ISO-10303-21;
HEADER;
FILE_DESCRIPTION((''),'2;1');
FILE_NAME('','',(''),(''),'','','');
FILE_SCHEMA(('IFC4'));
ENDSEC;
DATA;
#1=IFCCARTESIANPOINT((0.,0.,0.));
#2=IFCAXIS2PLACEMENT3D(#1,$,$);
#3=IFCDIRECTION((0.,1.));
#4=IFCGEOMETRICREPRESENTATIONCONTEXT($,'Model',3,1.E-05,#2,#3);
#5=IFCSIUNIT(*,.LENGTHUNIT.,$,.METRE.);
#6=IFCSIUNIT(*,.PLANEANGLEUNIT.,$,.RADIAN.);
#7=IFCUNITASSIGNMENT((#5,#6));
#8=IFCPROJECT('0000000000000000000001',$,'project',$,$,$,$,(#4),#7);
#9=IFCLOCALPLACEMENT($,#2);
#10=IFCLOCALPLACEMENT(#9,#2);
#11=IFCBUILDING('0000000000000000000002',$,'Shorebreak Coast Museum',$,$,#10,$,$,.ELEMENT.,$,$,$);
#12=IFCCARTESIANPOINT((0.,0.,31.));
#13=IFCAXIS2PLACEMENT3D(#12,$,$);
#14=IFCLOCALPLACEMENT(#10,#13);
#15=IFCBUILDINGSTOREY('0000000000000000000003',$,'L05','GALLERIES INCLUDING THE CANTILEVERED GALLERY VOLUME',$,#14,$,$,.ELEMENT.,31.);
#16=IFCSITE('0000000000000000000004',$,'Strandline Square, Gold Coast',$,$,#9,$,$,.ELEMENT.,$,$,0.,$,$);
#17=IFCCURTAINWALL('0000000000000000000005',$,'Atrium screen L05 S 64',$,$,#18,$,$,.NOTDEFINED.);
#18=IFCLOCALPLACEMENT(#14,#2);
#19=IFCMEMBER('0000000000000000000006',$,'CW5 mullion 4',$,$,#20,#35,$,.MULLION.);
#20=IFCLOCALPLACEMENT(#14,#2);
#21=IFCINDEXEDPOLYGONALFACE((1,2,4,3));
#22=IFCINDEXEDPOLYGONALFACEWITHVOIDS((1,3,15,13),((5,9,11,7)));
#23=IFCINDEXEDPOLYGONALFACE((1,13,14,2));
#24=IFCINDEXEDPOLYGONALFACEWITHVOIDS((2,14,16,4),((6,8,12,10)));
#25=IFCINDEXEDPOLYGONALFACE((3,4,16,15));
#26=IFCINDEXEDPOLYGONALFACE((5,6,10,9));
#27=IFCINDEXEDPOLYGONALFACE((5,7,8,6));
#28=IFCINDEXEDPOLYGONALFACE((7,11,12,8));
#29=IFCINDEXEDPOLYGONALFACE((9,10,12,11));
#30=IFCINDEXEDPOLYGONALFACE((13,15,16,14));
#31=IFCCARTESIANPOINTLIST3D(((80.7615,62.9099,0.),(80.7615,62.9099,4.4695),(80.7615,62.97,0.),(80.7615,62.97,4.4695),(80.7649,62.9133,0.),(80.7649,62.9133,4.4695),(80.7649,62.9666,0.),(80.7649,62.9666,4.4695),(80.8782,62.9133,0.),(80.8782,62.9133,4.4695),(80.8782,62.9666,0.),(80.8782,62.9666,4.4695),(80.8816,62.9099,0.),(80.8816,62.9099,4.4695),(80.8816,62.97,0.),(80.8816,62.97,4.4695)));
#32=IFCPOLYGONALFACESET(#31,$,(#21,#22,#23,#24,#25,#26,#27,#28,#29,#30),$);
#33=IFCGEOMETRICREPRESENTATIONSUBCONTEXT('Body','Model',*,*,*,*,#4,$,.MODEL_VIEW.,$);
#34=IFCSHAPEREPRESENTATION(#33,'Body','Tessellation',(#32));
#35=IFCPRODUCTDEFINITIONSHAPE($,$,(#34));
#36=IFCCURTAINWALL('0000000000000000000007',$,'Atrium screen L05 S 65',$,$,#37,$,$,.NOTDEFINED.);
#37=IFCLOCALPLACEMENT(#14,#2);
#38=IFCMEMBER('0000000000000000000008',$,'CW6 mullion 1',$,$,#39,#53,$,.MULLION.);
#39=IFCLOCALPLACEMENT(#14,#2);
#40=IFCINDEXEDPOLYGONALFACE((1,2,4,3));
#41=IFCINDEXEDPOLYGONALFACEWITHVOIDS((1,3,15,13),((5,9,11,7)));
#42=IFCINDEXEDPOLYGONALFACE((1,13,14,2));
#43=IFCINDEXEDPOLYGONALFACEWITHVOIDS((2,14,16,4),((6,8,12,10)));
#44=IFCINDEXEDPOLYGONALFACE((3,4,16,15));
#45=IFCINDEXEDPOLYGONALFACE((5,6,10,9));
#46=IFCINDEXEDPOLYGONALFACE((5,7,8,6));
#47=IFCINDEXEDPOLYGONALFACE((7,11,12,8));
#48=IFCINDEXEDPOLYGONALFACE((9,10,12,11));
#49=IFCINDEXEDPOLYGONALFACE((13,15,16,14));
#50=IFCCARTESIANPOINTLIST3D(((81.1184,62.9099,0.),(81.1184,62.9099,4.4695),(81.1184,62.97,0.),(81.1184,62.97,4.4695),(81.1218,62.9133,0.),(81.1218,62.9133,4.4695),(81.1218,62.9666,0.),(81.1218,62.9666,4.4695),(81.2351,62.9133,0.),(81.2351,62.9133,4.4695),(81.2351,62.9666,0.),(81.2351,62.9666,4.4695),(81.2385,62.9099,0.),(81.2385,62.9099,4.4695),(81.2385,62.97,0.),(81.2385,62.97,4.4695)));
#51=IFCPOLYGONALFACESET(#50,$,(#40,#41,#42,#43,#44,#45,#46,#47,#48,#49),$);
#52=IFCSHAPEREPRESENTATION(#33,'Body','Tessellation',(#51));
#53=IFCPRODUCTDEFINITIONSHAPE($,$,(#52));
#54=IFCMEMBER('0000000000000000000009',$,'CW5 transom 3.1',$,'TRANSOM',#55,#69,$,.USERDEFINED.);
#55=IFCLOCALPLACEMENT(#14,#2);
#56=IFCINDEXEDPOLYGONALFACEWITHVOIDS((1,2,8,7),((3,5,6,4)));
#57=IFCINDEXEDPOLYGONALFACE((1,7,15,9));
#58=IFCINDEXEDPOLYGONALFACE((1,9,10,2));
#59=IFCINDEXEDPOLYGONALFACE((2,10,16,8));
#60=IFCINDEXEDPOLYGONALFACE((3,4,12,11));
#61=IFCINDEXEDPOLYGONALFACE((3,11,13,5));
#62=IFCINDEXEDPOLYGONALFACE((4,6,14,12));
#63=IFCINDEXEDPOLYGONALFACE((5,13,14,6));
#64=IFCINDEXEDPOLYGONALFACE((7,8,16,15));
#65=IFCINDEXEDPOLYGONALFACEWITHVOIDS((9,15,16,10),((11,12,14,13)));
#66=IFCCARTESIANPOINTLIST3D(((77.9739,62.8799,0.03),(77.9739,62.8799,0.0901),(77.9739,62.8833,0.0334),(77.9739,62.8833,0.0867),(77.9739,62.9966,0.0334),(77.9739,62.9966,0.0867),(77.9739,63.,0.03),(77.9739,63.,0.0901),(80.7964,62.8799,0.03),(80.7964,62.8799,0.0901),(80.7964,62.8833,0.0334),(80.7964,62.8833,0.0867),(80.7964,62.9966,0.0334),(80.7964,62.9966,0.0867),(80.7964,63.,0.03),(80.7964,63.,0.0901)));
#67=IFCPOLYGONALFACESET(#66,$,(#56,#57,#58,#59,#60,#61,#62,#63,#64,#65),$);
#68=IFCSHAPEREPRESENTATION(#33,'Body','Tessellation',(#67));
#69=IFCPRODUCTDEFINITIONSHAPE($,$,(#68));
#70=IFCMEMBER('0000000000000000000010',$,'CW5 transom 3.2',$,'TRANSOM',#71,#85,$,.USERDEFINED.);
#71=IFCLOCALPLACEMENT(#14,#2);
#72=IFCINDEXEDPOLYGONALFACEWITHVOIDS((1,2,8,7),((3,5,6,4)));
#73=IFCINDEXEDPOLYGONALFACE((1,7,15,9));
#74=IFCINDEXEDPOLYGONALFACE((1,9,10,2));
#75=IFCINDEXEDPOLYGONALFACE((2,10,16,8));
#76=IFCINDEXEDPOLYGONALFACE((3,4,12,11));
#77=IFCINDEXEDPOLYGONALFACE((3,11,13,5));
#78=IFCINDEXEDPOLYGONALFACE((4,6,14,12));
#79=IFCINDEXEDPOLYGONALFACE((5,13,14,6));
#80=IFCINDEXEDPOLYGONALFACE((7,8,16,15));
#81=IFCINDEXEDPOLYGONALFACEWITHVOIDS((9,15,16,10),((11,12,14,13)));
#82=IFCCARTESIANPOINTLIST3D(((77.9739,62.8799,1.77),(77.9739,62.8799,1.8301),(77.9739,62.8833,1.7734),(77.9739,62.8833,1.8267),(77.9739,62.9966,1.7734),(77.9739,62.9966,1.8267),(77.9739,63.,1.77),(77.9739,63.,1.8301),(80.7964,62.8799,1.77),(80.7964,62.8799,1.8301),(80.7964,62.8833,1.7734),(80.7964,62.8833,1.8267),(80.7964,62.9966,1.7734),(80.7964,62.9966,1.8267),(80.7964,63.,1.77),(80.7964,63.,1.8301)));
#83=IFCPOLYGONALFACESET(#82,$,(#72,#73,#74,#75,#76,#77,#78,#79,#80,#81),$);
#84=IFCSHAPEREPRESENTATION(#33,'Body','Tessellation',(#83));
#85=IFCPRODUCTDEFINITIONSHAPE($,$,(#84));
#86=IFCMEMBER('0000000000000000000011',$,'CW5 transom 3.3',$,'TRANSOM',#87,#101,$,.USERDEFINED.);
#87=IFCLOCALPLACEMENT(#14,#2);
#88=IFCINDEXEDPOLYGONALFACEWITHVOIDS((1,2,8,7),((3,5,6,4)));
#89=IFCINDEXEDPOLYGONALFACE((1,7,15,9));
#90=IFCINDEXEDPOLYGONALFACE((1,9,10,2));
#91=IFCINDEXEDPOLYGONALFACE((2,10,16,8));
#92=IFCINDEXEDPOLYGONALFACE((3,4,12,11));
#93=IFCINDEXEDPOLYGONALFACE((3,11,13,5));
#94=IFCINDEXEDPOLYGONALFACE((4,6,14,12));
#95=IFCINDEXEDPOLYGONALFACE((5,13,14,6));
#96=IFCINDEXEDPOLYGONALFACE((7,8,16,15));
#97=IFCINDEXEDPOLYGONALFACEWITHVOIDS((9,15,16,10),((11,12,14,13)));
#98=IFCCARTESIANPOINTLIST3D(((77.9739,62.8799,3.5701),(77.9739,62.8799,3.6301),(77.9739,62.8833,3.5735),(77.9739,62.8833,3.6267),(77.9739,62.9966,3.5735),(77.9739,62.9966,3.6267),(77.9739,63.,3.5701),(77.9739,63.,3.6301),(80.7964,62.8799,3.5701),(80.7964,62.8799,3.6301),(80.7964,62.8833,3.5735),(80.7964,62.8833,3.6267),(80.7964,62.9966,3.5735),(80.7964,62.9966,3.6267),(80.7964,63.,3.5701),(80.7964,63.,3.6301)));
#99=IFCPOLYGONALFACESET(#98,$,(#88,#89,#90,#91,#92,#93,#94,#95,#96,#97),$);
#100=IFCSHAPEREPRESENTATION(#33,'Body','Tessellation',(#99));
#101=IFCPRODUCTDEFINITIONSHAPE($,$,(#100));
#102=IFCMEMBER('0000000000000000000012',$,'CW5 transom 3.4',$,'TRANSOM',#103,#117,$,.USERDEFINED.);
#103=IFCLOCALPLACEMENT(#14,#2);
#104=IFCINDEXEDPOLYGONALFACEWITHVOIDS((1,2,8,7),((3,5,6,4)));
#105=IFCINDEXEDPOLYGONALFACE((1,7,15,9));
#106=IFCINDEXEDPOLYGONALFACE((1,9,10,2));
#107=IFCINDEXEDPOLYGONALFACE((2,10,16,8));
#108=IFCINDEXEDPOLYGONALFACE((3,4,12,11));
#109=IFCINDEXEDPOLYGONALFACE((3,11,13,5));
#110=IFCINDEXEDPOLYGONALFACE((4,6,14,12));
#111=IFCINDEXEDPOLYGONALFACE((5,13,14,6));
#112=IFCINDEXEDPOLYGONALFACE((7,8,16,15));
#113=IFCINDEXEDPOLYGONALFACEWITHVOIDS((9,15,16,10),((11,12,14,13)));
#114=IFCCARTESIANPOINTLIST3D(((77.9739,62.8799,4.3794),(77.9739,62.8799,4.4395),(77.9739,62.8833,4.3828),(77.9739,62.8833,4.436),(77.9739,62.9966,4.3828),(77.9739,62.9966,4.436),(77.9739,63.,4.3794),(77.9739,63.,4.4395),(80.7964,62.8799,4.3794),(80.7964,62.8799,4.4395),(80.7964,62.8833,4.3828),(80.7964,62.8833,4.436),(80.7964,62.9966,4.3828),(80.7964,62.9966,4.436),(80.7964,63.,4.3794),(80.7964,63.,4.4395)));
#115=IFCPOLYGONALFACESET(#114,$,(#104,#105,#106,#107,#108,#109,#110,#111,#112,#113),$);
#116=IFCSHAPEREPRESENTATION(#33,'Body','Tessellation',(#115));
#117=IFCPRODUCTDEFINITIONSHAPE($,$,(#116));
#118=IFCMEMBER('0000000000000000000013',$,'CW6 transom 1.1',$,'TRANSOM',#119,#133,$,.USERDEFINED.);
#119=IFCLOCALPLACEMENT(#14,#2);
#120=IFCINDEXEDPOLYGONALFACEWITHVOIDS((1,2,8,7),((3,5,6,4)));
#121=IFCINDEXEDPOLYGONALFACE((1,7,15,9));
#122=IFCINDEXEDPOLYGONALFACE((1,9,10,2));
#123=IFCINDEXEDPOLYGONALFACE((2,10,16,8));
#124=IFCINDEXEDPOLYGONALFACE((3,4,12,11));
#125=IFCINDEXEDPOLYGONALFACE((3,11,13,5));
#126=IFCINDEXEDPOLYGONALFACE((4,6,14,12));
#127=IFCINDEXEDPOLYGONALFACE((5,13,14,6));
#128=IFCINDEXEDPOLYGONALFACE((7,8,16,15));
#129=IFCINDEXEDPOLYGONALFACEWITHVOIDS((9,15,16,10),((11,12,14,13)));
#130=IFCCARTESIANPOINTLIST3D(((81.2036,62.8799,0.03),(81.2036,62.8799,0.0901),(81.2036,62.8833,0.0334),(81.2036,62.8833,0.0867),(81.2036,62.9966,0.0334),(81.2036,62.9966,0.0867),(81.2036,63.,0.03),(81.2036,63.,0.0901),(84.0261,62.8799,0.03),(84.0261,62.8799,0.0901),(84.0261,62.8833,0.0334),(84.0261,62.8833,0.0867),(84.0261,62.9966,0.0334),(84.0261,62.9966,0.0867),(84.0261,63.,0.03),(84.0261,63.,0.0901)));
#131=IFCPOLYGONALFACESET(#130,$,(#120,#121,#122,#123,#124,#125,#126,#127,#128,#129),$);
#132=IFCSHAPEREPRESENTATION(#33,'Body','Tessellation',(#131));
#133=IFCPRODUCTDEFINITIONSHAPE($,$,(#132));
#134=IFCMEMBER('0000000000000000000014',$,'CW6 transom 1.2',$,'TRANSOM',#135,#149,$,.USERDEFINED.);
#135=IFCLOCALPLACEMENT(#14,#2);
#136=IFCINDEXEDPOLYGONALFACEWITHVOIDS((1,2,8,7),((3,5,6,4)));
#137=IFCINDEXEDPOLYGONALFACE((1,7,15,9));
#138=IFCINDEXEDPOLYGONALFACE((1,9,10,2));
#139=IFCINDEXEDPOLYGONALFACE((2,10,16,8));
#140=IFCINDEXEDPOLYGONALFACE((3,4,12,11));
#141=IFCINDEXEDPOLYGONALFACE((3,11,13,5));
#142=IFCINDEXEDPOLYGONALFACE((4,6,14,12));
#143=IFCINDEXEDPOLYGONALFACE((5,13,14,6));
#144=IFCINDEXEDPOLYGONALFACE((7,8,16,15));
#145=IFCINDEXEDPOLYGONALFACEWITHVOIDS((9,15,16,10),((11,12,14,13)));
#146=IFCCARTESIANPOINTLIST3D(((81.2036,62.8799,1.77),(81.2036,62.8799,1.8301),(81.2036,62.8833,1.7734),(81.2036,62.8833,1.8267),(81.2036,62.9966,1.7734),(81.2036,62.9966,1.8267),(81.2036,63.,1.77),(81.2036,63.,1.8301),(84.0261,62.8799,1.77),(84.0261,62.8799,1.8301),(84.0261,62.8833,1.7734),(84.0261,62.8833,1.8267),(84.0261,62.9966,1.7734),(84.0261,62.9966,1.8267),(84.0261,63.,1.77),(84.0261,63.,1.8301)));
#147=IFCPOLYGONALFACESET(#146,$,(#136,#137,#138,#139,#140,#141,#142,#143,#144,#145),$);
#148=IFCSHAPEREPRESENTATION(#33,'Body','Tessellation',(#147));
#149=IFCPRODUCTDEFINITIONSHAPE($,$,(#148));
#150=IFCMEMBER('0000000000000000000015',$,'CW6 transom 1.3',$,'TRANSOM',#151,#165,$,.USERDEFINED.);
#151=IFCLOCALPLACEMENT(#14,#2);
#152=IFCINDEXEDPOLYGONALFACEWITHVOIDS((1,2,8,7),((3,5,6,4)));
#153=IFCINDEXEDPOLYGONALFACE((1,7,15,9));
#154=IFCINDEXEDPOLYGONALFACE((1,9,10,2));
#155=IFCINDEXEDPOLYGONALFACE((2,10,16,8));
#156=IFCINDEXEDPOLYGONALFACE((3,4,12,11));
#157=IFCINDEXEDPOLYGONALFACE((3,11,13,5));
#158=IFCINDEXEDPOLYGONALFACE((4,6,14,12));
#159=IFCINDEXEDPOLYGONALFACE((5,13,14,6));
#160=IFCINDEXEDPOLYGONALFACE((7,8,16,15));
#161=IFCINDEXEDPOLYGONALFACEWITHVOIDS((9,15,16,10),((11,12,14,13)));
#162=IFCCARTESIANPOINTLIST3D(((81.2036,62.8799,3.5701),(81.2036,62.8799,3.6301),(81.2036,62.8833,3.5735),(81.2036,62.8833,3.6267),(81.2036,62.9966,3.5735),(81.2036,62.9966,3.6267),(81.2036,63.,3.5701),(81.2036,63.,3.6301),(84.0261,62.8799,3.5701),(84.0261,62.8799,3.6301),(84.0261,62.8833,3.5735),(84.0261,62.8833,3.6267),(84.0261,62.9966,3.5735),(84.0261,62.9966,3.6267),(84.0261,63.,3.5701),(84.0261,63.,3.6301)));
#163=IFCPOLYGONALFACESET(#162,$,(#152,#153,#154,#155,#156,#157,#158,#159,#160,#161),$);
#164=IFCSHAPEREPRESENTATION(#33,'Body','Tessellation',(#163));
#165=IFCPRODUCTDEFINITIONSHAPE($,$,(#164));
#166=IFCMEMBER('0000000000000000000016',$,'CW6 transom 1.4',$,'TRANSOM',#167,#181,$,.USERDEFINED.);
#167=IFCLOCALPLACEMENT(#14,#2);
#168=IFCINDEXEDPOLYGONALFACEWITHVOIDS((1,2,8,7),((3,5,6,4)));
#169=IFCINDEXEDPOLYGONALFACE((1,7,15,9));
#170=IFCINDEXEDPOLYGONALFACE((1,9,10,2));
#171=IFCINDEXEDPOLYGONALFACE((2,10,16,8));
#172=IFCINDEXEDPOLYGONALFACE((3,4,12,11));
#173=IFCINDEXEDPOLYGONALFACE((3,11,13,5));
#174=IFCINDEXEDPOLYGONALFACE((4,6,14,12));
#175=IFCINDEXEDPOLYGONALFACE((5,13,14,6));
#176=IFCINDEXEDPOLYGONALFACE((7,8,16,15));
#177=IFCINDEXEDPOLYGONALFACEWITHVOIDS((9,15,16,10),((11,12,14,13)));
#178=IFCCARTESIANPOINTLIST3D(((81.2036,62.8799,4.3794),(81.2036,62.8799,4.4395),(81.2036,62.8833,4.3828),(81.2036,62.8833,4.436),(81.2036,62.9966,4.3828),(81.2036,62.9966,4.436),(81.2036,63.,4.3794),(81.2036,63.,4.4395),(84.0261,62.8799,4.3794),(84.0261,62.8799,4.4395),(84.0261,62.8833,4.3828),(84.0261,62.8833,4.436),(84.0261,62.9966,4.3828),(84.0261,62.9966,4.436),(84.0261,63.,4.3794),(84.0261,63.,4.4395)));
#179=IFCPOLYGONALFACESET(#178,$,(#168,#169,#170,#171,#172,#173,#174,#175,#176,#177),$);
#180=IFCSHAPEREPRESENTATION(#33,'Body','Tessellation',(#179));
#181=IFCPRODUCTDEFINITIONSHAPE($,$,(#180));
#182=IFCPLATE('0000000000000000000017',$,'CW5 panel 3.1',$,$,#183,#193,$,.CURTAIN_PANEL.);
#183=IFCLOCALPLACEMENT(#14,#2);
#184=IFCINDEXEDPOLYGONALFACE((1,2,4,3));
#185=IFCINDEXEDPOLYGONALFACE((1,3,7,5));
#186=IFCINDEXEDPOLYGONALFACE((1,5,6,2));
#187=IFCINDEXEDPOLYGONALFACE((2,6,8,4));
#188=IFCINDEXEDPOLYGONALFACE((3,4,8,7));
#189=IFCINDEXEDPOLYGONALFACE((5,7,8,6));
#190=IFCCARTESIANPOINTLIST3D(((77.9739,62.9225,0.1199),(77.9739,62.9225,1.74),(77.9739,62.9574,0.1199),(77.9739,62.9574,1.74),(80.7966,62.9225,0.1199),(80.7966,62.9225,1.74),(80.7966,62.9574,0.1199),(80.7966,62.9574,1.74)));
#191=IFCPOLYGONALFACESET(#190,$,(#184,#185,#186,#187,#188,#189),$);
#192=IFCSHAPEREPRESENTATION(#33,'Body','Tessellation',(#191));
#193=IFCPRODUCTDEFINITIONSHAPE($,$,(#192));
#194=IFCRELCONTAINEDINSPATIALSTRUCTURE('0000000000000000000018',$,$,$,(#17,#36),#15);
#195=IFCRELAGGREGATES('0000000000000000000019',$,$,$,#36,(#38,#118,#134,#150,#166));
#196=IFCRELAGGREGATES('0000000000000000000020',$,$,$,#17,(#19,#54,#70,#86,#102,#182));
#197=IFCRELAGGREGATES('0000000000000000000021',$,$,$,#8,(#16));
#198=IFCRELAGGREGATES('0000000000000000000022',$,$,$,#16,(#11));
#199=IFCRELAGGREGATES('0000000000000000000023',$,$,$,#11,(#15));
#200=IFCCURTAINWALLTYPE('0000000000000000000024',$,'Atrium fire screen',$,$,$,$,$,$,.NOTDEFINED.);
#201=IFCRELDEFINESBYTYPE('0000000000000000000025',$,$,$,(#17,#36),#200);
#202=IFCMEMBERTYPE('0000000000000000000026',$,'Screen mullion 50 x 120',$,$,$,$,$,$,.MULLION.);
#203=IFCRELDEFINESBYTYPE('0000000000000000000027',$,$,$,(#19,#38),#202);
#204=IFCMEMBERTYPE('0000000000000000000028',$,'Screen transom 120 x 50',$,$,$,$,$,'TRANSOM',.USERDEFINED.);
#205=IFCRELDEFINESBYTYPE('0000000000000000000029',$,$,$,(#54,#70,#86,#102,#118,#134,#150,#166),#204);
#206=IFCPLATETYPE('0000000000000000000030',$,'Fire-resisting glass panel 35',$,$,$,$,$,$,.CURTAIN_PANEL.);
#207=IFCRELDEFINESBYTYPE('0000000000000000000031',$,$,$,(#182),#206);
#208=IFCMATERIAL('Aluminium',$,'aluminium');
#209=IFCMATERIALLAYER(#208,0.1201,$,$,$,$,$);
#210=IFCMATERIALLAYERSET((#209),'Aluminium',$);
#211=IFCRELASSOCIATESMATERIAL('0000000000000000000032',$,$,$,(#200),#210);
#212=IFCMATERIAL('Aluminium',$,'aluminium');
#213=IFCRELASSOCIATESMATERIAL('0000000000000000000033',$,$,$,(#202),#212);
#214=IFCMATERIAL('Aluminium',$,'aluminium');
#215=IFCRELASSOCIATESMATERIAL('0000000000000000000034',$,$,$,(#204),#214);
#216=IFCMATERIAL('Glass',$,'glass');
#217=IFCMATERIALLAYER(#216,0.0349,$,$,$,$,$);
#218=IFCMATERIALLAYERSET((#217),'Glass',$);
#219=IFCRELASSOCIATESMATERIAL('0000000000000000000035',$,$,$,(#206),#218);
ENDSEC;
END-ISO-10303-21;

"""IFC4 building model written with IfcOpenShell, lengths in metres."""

from ifc_helpers import new_model, si_unit, direction, frame, origin, origin_2d, place, context, subcontext, project, spatial, rectangle, hollow_rectangle, extrude, material, layer, layer_set, material_profile, profile_set, type_object, element, aggregate, save


model = new_model("IFC4")

# Units and contexts
model_context = context("Model", 3, precision=1e-05, world=origin(), true_north=direction((0.0, 1.0)))
body_context = subcontext(model_context, "Body", "Model", "MODEL_VIEW")
ifc_project = project(units=[si_unit("LENGTHUNIT", "METRE"), si_unit("PLANEANGLEUNIT", "RADIAN")], contexts=[model_context])

# Site, building, storey
site_placement = place(None, origin())
site = spatial("IfcSite", under=ifc_project, at=site_placement, Name="Strandline Square, Gold Coast", CompositionType="ELEMENT", RefElevation=0.0)
building_placement = place(site_placement, origin())
building = spatial("IfcBuilding", under=site, at=building_placement, Name="Shorebreak Coast Museum", CompositionType="ELEMENT")
storey_placement = place(building_placement, frame((0.0, 0.0, 31.0)))
storey = spatial("IfcBuildingStorey", under=building, at=storey_placement, Name="L05", Description="GALLERIES INCLUDING THE CANTILEVERED GALLERY VOLUME", CompositionType="ELEMENT", Elevation=31.0)

# Curtain wall, member
ifc_material_1 = material(Name="Aluminium", Category="aluminium")
ifc_layer_1 = layer(ifc_material_1, 0.1201)
ifc_layer_set_1 = layer_set([ifc_layer_1], Name="Aluminium")
curtain_wall_type = type_object("IfcCurtainWallType", Name="Atrium fire screen", PredefinedType="NOTDEFINED", material=ifc_layer_set_1)
curtain_wall_1_placement = place(storey_placement, origin())
curtain_wall_1 = element("IfcCurtainWall", 1, at=curtain_wall_1_placement, inside=storey, type_object=curtain_wall_type, Name="Atrium screen L05 S 64", PredefinedType="NOTDEFINED")
ifc_material_2 = material(Name="Aluminium", Category="aluminium")
ifc_material_profile_1 = material_profile(ifc_material_2, hollow_rectangle(XDim=0.0601, YDim=0.1201, WallThickness=0.0034, at=origin_2d()), Name="AL 120x60 RHS")
ifc_profile_set_1 = profile_set([ifc_material_profile_1], Name="Aluminium")
member_type_1 = type_object("IfcMemberType", Name="Screen mullion 50 x 120", PredefinedType="MULLION", material=ifc_profile_set_1)
member_1_placement = place(storey_placement, frame((80.8215, 62.9399, 0.0), z_axis=(0.0, 0.0, 1.0), x_axis=(0.0, 1.0, 0.0)))
member_1 = element("IfcMember", 2, at=member_1_placement, type_object=member_type_1, Name="CW5 mullion 4", PredefinedType="MULLION", context=body_context, shape_type="SweptSolid", body=[
    extrude(hollow_rectangle(XDim=0.0601, YDim=0.1201, WallThickness=0.0034, at=origin_2d()), origin(), (0.0, 0.0, 1.0), 4.4695),
])

# Curtain wall, member
curtain_wall_2_placement = place(storey_placement, origin())
curtain_wall_2 = element("IfcCurtainWall", 3, at=curtain_wall_2_placement, inside=storey, type_object=curtain_wall_type, Name="Atrium screen L05 S 65", PredefinedType="NOTDEFINED")
member_2_placement = place(storey_placement, frame((81.1785, 62.9399, 0.0), z_axis=(0.0, 0.0, 1.0), x_axis=(0.0, 1.0, 0.0)))
member_2 = element("IfcMember", 4, at=member_2_placement, type_object=member_type_1, Name="CW6 mullion 1", PredefinedType="MULLION", context=body_context, shape_type="SweptSolid", body=[
    extrude(hollow_rectangle(XDim=0.0601, YDim=0.1201, WallThickness=0.0034, at=origin_2d()), origin(), (0.0, 0.0, 1.0), 4.4695),
])

# Members
ifc_material_3 = material(Name="Aluminium", Category="aluminium")
ifc_material_profile_2 = material_profile(ifc_material_3, hollow_rectangle(XDim=0.1201, YDim=0.0601, WallThickness=0.0034, at=origin_2d()), Name="AL 60x120 RHS")
ifc_profile_set_2 = profile_set([ifc_material_profile_2], Name="Aluminium")
member_type_2 = type_object("IfcMemberType", Name="Screen transom 120 x 50", ElementType="TRANSOM", PredefinedType="USERDEFINED", material=ifc_profile_set_2)
member_3_placement = place(storey_placement, frame((77.9739, 62.9399, 0.0601), z_axis=(1.0, 0.0, 0.0), x_axis=(0.0, 1.0, 0.0)))
member_3 = element("IfcMember", 5, at=member_3_placement, type_object=member_type_2, Name="CW5 transom 3.1", ObjectType="TRANSOM", PredefinedType="USERDEFINED", context=body_context, shape_type="SweptSolid", body=[
    extrude(hollow_rectangle(XDim=0.1201, YDim=0.0601, WallThickness=0.0034, at=origin_2d()), origin(), (0.0, 0.0, 1.0), 2.8225),
])
member_4_placement = place(storey_placement, frame((77.9739, 62.9399, 1.8), z_axis=(1.0, 0.0, 0.0), x_axis=(0.0, 1.0, 0.0)))
member_4 = element("IfcMember", 6, at=member_4_placement, type_object=member_type_2, Name="CW5 transom 3.2", ObjectType="TRANSOM", PredefinedType="USERDEFINED", context=body_context, shape_type="SweptSolid", body=[
    extrude(hollow_rectangle(XDim=0.1201, YDim=0.0601, WallThickness=0.0034, at=origin_2d()), origin(), (0.0, 0.0, 1.0), 2.8225),
])
member_5_placement = place(storey_placement, frame((77.9739, 62.9399, 3.6001), z_axis=(1.0, 0.0, 0.0), x_axis=(0.0, 1.0, 0.0)))
member_5 = element("IfcMember", 7, at=member_5_placement, type_object=member_type_2, Name="CW5 transom 3.3", ObjectType="TRANSOM", PredefinedType="USERDEFINED", context=body_context, shape_type="SweptSolid", body=[
    extrude(hollow_rectangle(XDim=0.1201, YDim=0.0601, WallThickness=0.0034, at=origin_2d()), origin(), (0.0, 0.0, 1.0), 2.8225),
])
member_6_placement = place(storey_placement, frame((77.9739, 62.9399, 4.4094), z_axis=(1.0, 0.0, 0.0), x_axis=(0.0, 1.0, 0.0)))
member_6 = element("IfcMember", 8, at=member_6_placement, type_object=member_type_2, Name="CW5 transom 3.4", ObjectType="TRANSOM", PredefinedType="USERDEFINED", context=body_context, shape_type="SweptSolid", body=[
    extrude(hollow_rectangle(XDim=0.1201, YDim=0.0601, WallThickness=0.0034, at=origin_2d()), origin(), (0.0, 0.0, 1.0), 2.8225),
])
member_7_placement = place(storey_placement, frame((81.2036, 62.9399, 0.0601), z_axis=(1.0, 0.0, 0.0), x_axis=(0.0, 1.0, 0.0)))
member_7 = element("IfcMember", 9, at=member_7_placement, type_object=member_type_2, Name="CW6 transom 1.1", ObjectType="TRANSOM", PredefinedType="USERDEFINED", context=body_context, shape_type="SweptSolid", body=[
    extrude(hollow_rectangle(XDim=0.1201, YDim=0.0601, WallThickness=0.0034, at=origin_2d()), origin(), (0.0, 0.0, 1.0), 2.8225),
])
member_8_placement = place(storey_placement, frame((81.2036, 62.9399, 1.8), z_axis=(1.0, 0.0, 0.0), x_axis=(0.0, 1.0, 0.0)))
member_8 = element("IfcMember", 10, at=member_8_placement, type_object=member_type_2, Name="CW6 transom 1.2", ObjectType="TRANSOM", PredefinedType="USERDEFINED", context=body_context, shape_type="SweptSolid", body=[
    extrude(hollow_rectangle(XDim=0.1201, YDim=0.0601, WallThickness=0.0034, at=origin_2d()), origin(), (0.0, 0.0, 1.0), 2.8225),
])
member_9_placement = place(storey_placement, frame((81.2036, 62.9399, 3.6001), z_axis=(1.0, 0.0, 0.0), x_axis=(0.0, 1.0, 0.0)))
member_9 = element("IfcMember", 11, at=member_9_placement, type_object=member_type_2, Name="CW6 transom 1.3", ObjectType="TRANSOM", PredefinedType="USERDEFINED", context=body_context, shape_type="SweptSolid", body=[
    extrude(hollow_rectangle(XDim=0.1201, YDim=0.0601, WallThickness=0.0034, at=origin_2d()), origin(), (0.0, 0.0, 1.0), 2.8225),
])
member_10_placement = place(storey_placement, frame((81.2036, 62.9399, 4.4094), z_axis=(1.0, 0.0, 0.0), x_axis=(0.0, 1.0, 0.0)))
member_10 = element("IfcMember", 12, at=member_10_placement, type_object=member_type_2, Name="CW6 transom 1.4", ObjectType="TRANSOM", PredefinedType="USERDEFINED", context=body_context, shape_type="SweptSolid", body=[
    extrude(hollow_rectangle(XDim=0.1201, YDim=0.0601, WallThickness=0.0034, at=origin_2d()), origin(), (0.0, 0.0, 1.0), 2.8225),
])
aggregate(curtain_wall_2, [member_2, member_7, member_8, member_9, member_10])

# Plate
ifc_material_4 = material(Name="Glass", Category="glass")
ifc_layer_2 = layer(ifc_material_4, 0.0349)
ifc_layer_set_2 = layer_set([ifc_layer_2], Name="Glass")
plate_type = type_object("IfcPlateType", Name="Fire-resisting glass panel 35", PredefinedType="CURTAIN_PANEL", material=ifc_layer_set_2)
plate_1_placement = place(storey_placement, frame((79.3853, 62.9399, 0.1199), z_axis=(0.0, 0.0, 1.0), x_axis=(1.0, 0.0, 0.0)))
plate_1 = element("IfcPlate", 13, at=plate_1_placement, type_object=plate_type, Name="CW5 panel 3.1", PredefinedType="CURTAIN_PANEL", context=body_context, shape_type="SweptSolid", body=[
    extrude(rectangle(XDim=2.8228, YDim=0.0349, at=origin_2d()), origin(), (0.0, 0.0, 1.0), 1.6201),
])
aggregate(curtain_wall_1, [member_1, member_3, member_4, member_5, member_6, plate_1])

save(model, "model.ifc")
